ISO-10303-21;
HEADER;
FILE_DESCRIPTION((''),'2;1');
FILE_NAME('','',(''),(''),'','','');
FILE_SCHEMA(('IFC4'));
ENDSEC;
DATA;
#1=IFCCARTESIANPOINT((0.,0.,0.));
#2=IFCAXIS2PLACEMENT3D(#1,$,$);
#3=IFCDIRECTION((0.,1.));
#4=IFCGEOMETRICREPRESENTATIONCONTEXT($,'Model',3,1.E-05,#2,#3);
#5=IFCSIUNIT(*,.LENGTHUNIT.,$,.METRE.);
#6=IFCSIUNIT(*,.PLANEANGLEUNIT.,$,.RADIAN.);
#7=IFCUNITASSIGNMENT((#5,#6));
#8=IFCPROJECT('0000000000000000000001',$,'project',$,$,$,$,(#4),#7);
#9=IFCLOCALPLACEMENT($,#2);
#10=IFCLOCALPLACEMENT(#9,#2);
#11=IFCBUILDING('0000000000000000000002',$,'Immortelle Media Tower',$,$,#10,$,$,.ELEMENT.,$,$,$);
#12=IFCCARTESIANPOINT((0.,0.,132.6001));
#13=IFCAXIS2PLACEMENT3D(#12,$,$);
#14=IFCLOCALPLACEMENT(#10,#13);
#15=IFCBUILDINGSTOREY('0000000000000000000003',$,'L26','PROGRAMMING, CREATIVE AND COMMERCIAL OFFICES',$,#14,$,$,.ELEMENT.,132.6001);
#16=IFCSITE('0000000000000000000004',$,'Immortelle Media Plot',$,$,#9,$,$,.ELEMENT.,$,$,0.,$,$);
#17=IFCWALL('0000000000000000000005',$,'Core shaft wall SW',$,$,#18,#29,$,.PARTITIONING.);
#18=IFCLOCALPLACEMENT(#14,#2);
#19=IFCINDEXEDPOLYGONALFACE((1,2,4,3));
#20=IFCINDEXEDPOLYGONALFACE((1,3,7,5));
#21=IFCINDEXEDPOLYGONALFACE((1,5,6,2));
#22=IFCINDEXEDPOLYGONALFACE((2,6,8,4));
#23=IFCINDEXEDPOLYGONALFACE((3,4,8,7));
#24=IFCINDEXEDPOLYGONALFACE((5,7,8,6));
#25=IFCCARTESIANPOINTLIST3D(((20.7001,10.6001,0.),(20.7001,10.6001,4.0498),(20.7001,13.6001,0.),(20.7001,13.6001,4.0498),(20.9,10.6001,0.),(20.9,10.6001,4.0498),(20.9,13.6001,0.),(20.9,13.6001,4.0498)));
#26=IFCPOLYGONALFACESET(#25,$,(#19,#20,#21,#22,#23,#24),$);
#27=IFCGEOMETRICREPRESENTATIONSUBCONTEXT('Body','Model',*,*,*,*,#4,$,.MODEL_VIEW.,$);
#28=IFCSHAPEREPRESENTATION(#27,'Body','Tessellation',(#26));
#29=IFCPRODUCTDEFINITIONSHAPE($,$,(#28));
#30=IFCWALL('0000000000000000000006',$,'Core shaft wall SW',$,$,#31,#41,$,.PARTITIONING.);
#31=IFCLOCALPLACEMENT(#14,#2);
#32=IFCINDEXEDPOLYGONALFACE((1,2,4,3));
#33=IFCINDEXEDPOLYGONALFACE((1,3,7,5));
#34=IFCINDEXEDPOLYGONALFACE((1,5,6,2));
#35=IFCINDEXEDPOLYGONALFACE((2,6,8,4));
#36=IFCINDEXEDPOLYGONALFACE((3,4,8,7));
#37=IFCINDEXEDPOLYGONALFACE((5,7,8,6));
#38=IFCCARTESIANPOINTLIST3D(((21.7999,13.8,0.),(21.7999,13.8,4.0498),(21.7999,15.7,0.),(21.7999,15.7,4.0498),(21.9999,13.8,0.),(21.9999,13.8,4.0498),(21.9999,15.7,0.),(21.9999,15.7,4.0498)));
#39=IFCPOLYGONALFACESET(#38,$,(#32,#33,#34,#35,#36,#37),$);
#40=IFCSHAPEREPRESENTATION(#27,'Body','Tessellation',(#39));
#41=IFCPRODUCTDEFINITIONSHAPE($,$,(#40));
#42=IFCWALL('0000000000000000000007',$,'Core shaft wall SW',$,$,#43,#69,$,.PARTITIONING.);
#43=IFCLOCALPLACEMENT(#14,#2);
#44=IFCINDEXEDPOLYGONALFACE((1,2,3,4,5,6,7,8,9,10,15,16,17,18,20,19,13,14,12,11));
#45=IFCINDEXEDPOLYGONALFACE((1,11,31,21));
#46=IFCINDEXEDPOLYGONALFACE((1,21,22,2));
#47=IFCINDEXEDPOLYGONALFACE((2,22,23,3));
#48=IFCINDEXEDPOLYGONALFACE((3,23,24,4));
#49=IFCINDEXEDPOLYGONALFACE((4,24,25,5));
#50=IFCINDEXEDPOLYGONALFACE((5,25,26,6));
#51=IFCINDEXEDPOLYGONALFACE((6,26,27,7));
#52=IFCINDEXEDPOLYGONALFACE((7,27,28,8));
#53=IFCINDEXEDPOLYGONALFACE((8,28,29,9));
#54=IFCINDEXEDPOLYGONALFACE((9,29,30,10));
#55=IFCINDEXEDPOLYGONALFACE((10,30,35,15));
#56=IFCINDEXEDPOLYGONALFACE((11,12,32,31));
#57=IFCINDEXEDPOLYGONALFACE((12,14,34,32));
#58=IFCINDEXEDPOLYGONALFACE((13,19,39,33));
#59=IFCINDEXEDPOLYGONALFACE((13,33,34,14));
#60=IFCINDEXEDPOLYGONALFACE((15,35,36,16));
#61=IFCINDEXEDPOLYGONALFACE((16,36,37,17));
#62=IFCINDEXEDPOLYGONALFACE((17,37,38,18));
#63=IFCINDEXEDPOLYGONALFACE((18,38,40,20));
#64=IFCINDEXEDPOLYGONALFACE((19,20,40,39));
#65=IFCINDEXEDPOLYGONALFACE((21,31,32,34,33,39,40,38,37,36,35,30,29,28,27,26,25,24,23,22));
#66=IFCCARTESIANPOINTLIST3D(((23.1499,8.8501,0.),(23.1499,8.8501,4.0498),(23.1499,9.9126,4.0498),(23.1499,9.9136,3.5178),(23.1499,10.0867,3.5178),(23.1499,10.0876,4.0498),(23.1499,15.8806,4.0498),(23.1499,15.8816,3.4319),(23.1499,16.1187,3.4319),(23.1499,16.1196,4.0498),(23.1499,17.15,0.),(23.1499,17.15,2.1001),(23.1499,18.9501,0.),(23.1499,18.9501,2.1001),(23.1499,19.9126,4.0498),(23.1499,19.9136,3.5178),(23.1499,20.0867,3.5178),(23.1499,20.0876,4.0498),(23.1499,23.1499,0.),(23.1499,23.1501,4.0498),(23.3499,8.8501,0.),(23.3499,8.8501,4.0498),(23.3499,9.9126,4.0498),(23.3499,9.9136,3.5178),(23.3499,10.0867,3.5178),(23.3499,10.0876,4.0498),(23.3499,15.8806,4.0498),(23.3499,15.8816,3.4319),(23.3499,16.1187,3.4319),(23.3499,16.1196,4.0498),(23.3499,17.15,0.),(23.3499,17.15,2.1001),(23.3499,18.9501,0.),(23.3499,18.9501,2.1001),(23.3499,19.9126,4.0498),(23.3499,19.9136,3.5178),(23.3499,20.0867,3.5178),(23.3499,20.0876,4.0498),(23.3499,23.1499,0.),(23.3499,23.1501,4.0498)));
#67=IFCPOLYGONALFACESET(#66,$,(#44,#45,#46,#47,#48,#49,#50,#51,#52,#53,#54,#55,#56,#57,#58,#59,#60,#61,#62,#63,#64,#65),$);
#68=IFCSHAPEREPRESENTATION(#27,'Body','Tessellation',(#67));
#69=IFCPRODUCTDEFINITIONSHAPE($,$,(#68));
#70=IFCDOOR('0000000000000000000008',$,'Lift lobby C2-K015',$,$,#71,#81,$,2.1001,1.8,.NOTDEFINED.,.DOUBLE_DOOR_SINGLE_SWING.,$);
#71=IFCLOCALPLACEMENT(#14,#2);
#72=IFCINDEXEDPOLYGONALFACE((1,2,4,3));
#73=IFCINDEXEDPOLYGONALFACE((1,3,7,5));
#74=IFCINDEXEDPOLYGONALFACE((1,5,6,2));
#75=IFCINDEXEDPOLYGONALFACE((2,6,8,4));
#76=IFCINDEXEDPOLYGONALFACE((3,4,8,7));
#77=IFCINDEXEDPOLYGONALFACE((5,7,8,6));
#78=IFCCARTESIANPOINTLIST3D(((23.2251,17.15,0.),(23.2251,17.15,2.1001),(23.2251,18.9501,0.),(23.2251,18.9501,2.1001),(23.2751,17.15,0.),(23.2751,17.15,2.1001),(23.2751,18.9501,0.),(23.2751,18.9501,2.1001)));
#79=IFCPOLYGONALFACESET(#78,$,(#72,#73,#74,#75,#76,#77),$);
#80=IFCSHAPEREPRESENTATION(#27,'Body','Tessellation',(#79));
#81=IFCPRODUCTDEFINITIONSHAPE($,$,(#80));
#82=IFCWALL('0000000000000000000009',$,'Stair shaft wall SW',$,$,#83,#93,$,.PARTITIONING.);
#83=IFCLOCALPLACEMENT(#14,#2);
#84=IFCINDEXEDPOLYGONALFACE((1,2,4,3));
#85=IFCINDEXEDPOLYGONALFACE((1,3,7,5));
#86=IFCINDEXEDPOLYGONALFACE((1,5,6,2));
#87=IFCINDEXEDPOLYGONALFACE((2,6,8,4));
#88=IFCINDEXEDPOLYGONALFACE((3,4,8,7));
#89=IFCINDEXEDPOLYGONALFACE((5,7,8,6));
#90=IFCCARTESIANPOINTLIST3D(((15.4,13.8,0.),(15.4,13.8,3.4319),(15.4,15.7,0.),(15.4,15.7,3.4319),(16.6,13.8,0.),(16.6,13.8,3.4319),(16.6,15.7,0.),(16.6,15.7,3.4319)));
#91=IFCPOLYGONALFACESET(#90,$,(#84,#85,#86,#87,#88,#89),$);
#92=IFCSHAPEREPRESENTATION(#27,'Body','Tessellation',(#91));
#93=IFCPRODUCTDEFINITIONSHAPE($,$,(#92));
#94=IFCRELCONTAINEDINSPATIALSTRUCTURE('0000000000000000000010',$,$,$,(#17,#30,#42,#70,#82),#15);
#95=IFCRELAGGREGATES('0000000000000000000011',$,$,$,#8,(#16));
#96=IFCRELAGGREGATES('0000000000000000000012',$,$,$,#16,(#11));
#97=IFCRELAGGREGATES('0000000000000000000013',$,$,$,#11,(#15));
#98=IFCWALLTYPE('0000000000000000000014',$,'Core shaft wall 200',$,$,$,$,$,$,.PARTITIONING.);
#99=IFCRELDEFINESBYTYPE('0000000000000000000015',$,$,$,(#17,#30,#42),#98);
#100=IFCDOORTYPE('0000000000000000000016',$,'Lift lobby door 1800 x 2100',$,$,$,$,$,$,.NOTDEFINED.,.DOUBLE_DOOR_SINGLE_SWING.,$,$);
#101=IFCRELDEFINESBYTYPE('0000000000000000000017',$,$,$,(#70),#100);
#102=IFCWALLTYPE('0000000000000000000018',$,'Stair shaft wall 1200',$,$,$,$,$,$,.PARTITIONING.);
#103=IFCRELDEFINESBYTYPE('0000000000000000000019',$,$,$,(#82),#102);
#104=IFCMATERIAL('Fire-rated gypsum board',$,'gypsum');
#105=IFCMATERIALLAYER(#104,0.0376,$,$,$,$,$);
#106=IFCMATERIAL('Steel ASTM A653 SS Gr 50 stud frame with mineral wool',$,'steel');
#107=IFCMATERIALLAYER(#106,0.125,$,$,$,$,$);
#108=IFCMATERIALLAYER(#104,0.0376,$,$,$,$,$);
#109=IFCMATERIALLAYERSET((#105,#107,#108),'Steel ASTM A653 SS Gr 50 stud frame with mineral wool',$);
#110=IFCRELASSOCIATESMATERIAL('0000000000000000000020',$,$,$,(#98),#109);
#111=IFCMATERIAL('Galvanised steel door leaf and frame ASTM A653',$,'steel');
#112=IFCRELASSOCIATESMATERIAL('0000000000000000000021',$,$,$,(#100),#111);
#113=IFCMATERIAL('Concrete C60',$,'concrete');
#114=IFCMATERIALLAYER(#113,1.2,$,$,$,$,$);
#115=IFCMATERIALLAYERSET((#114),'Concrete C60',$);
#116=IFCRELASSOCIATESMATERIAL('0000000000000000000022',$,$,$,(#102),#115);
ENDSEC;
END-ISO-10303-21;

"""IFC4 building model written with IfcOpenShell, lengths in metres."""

from ifc_helpers import new_model, si_unit, direction, frame, frame_2d, origin, place, context, subcontext, project, spatial, polyline, rectangle, outline, extrude, material, layer, layer_set, type_object, element, fill, save


model = new_model("IFC4")

# Units and contexts
model_context = context("Model", 3, precision=1e-05, world=origin(), true_north=direction((0.0, 1.0)))
body_context = subcontext(model_context, "Body", "Model", "MODEL_VIEW")
ifc_project = project(units=[si_unit("LENGTHUNIT", "METRE"), si_unit("PLANEANGLEUNIT", "RADIAN")], contexts=[model_context])

# Site, building, storey
site_placement = place(None, origin())
site = spatial("IfcSite", under=ifc_project, at=site_placement, Name="Immortelle Media Plot", CompositionType="ELEMENT", RefElevation=0.0)
building_placement = place(site_placement, origin())
building = spatial("IfcBuilding", under=site, at=building_placement, Name="Immortelle Media Tower", CompositionType="ELEMENT")
storey_placement = place(building_placement, frame((0.0, 0.0, 132.6001)))
storey = spatial("IfcBuildingStorey", under=building, at=storey_placement, Name="L26", Description="PROGRAMMING, CREATIVE AND COMMERCIAL OFFICES", CompositionType="ELEMENT", Elevation=132.6001)

# Shared definitions
ifc_material_1 = material(Name="Galvanised steel door leaf and frame ASTM A653", Category="steel")

# Walls
ifc_material_2 = material(Name="Fire-rated gypsum board", Category="gypsum")
ifc_layer_1 = layer(ifc_material_2, 0.0376)
ifc_material_3 = material(Name="Steel ASTM A653 SS Gr 50 stud frame with mineral wool", Category="steel")
ifc_layer_2 = layer(ifc_material_3, 0.125)
ifc_layer_3 = layer(ifc_material_2, 0.0376)
ifc_layer_set_1 = layer_set([ifc_layer_1, ifc_layer_2, ifc_layer_3], Name="Steel ASTM A653 SS Gr 50 stud frame with mineral wool")
wall_type_1 = type_object("IfcWallType", Name="Core shaft wall 200", PredefinedType="PARTITIONING", material=ifc_layer_set_1)
wall_1_placement = place(storey_placement, frame((20.8, 10.6001, 0.0), z_axis=(0.0, 0.0, 1.0), x_axis=(0.0, 1.0, 0.0)))
element("IfcWall", 1, at=wall_1_placement, inside=storey, type_object=wall_type_1, Name="Core shaft wall SW", PredefinedType="PARTITIONING", context=body_context, shape_type="SweptSolid", body=[
    extrude(rectangle(XDim=3.0, YDim=0.2, at=frame_2d((1.5, 0.0))), origin(), (0.0, 0.0, 1.0), 4.0498),
])
wall_2_placement = place(storey_placement, frame((21.8999, 13.8, 0.0), z_axis=(0.0, 0.0, 1.0), x_axis=(0.0, 1.0, 0.0)))
element("IfcWall", 2, at=wall_2_placement, inside=storey, type_object=wall_type_1, Name="Core shaft wall SW", PredefinedType="PARTITIONING", context=body_context, shape_type="SweptSolid", body=[
    extrude(rectangle(XDim=1.8999, YDim=0.2, at=frame_2d((0.95, 0.0))), origin(), (0.0, 0.0, 1.0), 4.0498),
])

# Wall, opening, door
wall_3_placement = place(storey_placement, frame((23.25, 8.8501, 0.0), z_axis=(0.0, 0.0, 1.0), x_axis=(0.0, 1.0, 0.0)))
wall_3 = element("IfcWall", 3, at=wall_3_placement, inside=storey, type_object=wall_type_1, Name="Core shaft wall SW", PredefinedType="PARTITIONING", context=body_context, shape_type="SweptSolid", body=[
    extrude(outline(polyline([(0.0, 0.0), (14.2998, 0.0), (14.3, 4.0498), (11.2375, 4.0498), (11.2366, 3.5178), (11.0635, 3.5178), (11.0625, 4.0498), (7.2695, 4.0498), (7.2686, 3.4319), (7.0315, 3.4319), (7.0305, 4.0498), (1.2375, 4.0498), (1.2366, 3.5178), (1.0635, 3.5178), (1.0625, 4.0498), (0.0, 4.0498), (0.0, 0.0)])), frame((0.0, 0.1001, 0.0), z_axis=(0.0, -1.0, 0.0), x_axis=(1.0, 0.0, 0.0)), (0.0, 0.0, 1.0), 0.2),
])
opening_1_placement = place(wall_3_placement, frame((8.3, 0.0, 0.0)))
opening_1 = element("IfcOpeningElement", 4, at=opening_1_placement, cuts=wall_3, PredefinedType="OPENING", context=body_context, shape_type="SweptSolid", body=[
    extrude(rectangle(XDim=1.8, YDim=2.1001, at=frame_2d((0.8999, 1.05))), frame((0.0, 0.1099, 0.0), z_axis=(0.0, -1.0, 0.0), x_axis=(1.0, 0.0, 0.0)), (0.0, 0.0, 1.0), 0.22),
])
door_type_1 = type_object("IfcDoorType", Name="Lift lobby door 1800 x 2100", OperationType="DOUBLE_DOOR_SINGLE_SWING", PredefinedType="NOTDEFINED", material=ifc_material_1)
door_1_placement = place(opening_1_placement, origin())
door_1 = element("IfcDoor", 5, at=door_1_placement, inside=storey, type_object=door_type_1, Name="Lift lobby C2-K015", OperationType="DOUBLE_DOOR_SINGLE_SWING", OverallHeight=2.1001, OverallWidth=1.8, PredefinedType="NOTDEFINED", context=body_context, shape_type="SweptSolid", body=[
    extrude(rectangle(XDim=1.8, YDim=2.1001, at=frame_2d((0.8999, 1.05))), frame((0.0, 0.0249, 0.0), z_axis=(0.0, -1.0, 0.0), x_axis=(1.0, 0.0, 0.0)), (0.0, 0.0, 1.0), 0.05),
])
fill(opening_1, door_1)

# Wall
ifc_material_4 = material(Name="Concrete C60", Category="concrete")
ifc_layer_4 = layer(ifc_material_4, 1.2)
ifc_layer_set_2 = layer_set([ifc_layer_4], Name="Concrete C60")
wall_type_2 = type_object("IfcWallType", Name="Stair shaft wall 1200", PredefinedType="PARTITIONING", material=ifc_layer_set_2)
wall_4_placement = place(storey_placement, frame((16.0, 13.8, 0.0), z_axis=(0.0, 0.0, 1.0), x_axis=(0.0, 1.0, 0.0)))
element("IfcWall", 6, at=wall_4_placement, inside=storey, type_object=wall_type_2, Name="Stair shaft wall SW", PredefinedType="PARTITIONING", context=body_context, shape_type="SweptSolid", body=[
    extrude(rectangle(XDim=1.8999, YDim=1.2, at=frame_2d((0.95, 0.0))), origin(), (0.0, 0.0, 1.0), 3.4319),
])

save(model, "model.ifc")
